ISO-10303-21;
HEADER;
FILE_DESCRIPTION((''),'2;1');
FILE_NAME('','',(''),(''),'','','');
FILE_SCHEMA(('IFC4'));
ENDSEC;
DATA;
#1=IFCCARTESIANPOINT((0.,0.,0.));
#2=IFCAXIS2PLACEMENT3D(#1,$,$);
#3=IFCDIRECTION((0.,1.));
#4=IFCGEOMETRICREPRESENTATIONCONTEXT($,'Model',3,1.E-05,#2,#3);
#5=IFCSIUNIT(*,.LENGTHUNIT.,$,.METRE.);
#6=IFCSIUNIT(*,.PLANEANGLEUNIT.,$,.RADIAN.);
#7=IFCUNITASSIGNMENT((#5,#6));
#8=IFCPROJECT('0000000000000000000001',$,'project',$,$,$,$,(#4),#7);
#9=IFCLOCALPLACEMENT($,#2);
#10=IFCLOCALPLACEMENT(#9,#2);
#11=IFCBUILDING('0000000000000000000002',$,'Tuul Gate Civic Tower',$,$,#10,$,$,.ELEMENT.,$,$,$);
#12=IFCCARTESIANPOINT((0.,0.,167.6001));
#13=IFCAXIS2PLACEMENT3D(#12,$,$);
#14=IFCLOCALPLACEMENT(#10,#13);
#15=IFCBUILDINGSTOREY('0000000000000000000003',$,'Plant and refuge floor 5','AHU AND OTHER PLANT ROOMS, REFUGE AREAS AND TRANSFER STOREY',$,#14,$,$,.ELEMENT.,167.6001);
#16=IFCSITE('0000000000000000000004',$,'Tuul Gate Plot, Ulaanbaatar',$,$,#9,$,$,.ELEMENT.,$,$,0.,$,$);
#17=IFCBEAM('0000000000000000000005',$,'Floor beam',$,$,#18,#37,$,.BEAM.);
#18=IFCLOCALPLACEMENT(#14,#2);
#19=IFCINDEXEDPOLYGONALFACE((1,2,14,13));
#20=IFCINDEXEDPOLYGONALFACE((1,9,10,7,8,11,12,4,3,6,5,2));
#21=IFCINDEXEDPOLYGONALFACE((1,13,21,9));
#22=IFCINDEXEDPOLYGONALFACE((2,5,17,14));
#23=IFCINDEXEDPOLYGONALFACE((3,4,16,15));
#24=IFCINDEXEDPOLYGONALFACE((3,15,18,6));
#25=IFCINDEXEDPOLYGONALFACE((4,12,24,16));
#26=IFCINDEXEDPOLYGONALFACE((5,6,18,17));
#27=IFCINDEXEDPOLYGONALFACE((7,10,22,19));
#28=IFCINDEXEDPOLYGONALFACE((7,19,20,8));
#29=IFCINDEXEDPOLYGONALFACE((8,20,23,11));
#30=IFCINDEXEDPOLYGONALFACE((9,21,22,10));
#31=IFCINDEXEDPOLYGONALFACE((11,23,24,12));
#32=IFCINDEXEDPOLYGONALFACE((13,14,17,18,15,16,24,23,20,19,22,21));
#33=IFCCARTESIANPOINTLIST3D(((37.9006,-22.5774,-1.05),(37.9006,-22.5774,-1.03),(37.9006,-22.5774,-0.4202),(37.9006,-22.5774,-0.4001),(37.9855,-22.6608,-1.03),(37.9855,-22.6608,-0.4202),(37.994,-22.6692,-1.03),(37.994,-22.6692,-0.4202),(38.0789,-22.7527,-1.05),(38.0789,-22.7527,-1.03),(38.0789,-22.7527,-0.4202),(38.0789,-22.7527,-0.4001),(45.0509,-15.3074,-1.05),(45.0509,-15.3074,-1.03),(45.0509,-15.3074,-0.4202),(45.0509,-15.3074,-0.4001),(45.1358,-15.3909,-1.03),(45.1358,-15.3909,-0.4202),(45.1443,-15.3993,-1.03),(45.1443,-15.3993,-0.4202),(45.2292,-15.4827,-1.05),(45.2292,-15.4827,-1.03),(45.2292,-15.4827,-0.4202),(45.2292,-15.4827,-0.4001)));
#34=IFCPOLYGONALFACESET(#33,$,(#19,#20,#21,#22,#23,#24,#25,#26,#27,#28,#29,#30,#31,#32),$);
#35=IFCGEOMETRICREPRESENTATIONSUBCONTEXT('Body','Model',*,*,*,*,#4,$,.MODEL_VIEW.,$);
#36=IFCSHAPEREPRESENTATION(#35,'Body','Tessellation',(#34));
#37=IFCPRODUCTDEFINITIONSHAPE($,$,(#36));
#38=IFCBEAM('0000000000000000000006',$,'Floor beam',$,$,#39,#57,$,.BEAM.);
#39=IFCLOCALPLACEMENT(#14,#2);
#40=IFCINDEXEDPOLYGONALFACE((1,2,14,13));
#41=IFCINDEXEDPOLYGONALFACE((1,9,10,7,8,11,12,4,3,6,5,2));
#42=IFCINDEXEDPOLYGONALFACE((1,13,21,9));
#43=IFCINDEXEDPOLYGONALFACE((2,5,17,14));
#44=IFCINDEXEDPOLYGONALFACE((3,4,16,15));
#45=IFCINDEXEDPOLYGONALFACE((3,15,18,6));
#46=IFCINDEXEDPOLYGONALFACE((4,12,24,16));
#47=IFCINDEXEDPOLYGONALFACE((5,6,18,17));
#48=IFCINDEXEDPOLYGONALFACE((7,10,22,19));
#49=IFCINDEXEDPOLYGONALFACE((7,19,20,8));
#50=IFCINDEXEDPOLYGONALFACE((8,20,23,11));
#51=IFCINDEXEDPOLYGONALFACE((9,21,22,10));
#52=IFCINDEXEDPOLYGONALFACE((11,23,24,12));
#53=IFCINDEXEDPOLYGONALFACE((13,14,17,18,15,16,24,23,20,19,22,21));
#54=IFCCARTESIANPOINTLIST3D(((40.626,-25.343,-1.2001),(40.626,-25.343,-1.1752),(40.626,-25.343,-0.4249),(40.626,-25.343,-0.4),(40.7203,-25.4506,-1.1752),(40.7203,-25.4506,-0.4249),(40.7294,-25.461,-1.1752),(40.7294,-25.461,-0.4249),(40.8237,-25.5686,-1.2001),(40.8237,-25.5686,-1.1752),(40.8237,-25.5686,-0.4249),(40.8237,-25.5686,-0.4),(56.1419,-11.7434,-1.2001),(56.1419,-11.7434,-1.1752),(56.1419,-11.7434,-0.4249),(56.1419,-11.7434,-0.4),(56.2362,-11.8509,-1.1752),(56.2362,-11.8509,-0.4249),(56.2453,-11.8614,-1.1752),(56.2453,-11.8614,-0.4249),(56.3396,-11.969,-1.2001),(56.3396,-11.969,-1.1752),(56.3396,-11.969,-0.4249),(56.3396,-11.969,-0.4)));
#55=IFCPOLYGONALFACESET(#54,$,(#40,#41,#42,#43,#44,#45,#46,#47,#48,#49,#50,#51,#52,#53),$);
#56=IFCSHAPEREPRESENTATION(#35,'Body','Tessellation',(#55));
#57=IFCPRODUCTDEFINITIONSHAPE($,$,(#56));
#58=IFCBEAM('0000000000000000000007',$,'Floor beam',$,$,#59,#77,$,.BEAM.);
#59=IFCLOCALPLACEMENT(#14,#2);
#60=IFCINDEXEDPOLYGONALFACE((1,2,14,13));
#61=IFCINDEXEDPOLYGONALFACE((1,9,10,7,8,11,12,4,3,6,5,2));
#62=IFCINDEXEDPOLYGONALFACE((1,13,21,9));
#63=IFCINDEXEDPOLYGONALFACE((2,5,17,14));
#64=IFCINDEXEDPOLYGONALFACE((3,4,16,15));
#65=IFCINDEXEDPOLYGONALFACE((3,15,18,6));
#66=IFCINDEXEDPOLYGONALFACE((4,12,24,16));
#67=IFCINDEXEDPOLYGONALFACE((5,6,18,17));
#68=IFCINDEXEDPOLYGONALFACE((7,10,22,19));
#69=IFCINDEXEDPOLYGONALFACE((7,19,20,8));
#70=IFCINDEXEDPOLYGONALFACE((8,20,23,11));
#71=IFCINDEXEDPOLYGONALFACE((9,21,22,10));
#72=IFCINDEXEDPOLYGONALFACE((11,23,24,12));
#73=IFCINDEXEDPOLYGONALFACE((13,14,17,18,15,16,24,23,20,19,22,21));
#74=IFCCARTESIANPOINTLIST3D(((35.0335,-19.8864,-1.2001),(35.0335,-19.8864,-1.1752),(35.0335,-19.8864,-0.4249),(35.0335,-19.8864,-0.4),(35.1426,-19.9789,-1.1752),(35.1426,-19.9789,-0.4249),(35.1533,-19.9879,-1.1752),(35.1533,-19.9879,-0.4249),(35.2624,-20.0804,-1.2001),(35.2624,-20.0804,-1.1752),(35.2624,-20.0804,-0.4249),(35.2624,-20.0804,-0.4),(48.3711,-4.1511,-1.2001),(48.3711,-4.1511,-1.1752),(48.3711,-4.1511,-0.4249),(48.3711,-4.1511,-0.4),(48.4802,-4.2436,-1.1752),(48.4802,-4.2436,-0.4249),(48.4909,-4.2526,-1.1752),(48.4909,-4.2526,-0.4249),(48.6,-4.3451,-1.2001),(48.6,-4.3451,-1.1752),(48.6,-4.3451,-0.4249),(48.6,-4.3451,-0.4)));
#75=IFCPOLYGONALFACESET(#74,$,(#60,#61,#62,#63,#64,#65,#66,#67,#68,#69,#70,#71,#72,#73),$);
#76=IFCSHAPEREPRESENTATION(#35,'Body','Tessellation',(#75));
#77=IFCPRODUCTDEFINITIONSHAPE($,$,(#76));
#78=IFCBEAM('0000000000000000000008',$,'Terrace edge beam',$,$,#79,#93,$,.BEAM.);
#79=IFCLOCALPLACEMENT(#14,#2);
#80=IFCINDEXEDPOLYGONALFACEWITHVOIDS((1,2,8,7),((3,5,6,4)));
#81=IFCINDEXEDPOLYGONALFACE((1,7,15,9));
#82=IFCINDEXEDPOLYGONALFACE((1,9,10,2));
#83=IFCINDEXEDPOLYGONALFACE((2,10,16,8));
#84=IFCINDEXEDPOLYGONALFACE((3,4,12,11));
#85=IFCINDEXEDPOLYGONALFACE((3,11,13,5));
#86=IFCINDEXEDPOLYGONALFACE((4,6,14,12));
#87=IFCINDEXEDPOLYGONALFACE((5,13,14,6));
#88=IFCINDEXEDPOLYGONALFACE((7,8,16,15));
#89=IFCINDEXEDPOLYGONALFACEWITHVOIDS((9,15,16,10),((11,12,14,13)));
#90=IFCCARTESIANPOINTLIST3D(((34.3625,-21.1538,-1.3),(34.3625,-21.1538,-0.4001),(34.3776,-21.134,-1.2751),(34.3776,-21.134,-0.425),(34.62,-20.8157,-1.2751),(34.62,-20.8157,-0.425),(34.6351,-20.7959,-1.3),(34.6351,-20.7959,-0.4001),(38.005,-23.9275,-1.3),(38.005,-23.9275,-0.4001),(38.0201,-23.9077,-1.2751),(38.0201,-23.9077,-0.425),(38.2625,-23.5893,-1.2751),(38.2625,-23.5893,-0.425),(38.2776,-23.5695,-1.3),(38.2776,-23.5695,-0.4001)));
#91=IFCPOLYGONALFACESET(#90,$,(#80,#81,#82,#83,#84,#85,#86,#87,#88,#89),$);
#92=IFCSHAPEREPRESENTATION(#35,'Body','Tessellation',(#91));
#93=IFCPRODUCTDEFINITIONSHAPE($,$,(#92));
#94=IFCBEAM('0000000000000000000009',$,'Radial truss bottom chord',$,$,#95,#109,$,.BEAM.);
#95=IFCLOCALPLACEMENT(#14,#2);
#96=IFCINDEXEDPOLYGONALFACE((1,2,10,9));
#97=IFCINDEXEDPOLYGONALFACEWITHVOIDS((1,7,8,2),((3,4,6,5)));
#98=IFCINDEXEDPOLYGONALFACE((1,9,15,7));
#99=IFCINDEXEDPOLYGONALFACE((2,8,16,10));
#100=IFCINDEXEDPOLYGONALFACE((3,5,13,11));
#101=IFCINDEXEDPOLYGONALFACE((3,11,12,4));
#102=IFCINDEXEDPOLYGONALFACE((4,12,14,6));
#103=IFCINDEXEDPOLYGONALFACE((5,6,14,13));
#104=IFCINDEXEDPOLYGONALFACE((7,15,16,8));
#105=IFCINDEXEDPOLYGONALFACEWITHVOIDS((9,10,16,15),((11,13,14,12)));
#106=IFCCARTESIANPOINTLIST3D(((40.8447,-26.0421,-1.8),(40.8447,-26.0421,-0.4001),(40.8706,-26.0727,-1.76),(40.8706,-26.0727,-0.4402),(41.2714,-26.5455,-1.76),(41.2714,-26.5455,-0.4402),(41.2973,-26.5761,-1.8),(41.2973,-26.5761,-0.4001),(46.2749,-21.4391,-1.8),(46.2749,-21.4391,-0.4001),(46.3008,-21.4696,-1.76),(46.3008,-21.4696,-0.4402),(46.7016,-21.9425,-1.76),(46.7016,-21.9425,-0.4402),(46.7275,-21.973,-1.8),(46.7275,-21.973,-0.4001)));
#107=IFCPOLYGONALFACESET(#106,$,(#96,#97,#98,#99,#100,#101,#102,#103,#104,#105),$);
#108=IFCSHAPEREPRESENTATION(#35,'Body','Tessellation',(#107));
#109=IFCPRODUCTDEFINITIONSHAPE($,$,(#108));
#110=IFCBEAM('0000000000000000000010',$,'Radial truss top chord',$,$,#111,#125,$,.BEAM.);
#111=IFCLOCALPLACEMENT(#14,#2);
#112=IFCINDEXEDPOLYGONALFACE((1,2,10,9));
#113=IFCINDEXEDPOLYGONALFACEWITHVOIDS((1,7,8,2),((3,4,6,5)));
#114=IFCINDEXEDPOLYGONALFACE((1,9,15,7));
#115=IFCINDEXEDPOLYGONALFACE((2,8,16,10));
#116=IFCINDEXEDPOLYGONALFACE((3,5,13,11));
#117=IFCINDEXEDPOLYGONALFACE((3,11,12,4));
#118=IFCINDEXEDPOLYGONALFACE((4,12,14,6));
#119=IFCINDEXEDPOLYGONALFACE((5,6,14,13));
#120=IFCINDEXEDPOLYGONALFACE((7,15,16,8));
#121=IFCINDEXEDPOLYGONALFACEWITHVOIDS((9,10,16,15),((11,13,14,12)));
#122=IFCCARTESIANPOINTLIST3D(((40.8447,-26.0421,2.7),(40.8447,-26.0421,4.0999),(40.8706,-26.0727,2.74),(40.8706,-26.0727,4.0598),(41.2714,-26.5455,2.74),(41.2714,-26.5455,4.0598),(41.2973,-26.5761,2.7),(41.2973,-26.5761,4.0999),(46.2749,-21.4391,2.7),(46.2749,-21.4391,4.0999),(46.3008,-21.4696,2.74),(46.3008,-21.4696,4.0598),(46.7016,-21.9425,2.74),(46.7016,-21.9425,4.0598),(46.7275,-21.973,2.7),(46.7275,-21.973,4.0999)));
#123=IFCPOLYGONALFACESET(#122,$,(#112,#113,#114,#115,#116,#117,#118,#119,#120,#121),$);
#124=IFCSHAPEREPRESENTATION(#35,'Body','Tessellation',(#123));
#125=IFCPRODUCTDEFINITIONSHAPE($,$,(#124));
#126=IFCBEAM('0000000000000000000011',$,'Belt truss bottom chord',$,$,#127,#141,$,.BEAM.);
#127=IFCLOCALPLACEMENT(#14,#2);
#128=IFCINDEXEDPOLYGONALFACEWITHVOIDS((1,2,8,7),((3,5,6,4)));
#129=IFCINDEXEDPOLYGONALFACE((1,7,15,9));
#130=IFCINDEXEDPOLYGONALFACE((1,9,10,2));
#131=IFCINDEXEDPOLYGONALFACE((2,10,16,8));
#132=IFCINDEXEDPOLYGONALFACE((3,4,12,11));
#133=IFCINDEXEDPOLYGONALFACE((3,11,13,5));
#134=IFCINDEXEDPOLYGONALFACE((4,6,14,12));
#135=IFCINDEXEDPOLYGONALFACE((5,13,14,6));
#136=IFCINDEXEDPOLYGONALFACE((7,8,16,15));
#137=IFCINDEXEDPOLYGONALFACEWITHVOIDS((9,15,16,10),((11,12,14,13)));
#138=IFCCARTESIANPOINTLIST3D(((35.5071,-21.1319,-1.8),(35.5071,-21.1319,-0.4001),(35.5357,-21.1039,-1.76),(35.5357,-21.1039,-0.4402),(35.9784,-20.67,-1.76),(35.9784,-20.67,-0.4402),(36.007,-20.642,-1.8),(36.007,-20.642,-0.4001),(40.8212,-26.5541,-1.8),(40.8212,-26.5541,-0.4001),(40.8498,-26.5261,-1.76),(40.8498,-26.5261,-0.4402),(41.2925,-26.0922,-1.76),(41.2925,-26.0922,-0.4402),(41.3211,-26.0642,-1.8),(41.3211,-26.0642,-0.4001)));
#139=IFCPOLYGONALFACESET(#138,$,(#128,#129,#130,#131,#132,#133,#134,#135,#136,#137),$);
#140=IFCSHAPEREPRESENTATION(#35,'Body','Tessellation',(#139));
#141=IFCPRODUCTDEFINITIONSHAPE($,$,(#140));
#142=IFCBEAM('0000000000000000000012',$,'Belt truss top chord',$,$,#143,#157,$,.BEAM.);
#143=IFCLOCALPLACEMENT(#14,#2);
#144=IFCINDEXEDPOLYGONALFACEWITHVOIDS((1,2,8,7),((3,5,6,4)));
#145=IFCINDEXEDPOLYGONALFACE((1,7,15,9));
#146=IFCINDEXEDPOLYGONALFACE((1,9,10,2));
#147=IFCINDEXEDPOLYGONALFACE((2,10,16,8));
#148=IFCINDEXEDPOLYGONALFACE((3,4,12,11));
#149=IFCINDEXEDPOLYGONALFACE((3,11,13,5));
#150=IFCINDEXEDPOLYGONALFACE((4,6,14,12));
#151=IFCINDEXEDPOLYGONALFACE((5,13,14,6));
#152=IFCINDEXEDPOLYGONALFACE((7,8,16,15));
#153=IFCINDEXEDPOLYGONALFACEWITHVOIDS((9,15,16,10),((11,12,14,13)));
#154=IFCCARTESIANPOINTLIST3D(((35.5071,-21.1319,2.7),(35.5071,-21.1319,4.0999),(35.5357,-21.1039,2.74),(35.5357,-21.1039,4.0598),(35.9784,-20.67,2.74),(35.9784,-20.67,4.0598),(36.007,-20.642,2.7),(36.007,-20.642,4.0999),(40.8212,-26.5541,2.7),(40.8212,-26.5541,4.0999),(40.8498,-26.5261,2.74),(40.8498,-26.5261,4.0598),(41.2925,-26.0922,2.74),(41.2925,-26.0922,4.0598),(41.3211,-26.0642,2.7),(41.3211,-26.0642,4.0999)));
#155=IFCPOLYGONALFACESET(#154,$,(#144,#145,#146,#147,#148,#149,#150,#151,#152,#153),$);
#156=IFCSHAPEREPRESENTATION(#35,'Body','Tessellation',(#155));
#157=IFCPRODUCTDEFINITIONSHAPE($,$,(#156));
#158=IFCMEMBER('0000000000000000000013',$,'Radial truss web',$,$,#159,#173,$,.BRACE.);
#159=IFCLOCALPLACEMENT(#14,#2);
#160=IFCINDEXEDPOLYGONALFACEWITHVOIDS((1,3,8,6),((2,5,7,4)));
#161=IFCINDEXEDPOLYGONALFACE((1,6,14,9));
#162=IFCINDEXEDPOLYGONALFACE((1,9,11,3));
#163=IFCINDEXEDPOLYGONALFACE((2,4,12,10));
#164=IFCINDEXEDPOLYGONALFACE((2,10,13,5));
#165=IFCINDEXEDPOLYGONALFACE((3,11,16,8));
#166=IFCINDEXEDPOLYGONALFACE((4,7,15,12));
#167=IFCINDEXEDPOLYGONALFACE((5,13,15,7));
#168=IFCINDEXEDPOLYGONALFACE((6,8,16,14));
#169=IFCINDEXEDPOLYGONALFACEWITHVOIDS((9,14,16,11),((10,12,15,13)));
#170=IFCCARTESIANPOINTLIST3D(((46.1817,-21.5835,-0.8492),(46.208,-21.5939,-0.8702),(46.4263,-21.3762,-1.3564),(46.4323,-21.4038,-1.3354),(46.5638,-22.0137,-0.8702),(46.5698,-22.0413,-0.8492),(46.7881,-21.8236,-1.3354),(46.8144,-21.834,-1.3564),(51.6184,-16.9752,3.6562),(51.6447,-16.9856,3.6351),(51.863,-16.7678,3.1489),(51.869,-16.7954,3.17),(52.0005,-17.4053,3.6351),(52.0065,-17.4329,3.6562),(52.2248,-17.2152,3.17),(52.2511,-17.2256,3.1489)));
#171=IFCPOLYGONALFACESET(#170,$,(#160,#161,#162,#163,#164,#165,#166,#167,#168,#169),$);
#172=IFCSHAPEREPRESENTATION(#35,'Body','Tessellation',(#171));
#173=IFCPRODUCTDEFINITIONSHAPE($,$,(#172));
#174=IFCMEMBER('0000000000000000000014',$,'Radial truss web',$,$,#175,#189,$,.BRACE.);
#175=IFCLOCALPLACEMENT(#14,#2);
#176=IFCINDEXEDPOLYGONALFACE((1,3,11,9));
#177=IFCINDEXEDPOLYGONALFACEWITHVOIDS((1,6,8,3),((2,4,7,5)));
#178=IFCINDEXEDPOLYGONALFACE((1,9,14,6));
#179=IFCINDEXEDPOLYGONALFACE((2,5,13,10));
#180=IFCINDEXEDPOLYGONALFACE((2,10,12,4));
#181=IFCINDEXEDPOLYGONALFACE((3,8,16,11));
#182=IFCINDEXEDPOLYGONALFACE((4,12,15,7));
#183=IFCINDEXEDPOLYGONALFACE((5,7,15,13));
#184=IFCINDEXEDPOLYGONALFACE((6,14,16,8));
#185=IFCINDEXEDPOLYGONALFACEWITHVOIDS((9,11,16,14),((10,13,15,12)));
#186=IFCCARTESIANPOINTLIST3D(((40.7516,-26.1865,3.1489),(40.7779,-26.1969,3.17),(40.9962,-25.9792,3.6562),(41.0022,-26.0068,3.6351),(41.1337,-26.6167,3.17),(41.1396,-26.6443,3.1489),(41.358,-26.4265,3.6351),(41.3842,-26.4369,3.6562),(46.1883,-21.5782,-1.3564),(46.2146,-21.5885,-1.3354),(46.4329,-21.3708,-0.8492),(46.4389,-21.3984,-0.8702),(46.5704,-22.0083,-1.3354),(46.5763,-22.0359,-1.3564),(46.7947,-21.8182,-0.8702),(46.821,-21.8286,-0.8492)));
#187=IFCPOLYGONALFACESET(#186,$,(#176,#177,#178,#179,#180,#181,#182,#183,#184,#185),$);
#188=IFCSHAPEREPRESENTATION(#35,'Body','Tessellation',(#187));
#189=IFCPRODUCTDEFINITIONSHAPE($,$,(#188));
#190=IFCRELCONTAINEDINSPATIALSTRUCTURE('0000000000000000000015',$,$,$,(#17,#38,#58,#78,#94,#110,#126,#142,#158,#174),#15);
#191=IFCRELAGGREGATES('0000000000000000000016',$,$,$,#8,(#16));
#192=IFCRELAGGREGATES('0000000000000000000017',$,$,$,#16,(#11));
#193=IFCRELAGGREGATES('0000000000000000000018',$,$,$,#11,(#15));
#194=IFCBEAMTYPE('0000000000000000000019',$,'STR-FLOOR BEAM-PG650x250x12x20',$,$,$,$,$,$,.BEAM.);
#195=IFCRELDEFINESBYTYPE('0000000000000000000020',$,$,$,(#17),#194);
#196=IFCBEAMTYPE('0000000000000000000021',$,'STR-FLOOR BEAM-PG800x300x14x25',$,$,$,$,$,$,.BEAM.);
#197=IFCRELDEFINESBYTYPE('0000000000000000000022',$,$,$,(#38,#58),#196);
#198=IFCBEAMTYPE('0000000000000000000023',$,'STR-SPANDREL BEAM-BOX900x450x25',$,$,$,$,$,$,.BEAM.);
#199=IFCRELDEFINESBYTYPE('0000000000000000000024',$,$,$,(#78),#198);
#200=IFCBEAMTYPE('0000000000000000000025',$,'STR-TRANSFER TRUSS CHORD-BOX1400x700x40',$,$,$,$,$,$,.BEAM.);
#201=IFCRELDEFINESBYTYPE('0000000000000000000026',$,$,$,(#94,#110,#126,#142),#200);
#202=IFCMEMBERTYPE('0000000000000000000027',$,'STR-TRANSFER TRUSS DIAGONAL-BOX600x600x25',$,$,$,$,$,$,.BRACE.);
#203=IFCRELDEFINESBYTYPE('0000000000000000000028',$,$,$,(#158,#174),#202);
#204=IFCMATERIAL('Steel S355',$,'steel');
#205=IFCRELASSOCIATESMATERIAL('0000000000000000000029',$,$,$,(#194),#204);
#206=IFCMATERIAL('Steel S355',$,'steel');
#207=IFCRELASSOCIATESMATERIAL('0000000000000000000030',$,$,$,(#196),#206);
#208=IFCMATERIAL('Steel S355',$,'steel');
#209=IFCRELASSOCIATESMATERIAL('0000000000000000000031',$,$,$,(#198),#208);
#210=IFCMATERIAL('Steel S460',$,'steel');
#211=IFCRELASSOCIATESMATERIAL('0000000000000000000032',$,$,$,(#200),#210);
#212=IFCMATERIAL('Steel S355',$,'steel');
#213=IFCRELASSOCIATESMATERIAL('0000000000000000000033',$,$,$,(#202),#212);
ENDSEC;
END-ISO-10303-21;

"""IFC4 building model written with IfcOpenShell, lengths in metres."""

from ifc_helpers import new_model, si_unit, direction, frame, origin, origin_2d, place, context, subcontext, project, spatial, hollow_rectangle, i_section, extrude, material, material_profile, profile_set, type_object, element, save


model = new_model("IFC4")

# Units and contexts
model_context = context("Model", 3, precision=1e-05, world=origin(), true_north=direction((0.0, 1.0)))
body_context = subcontext(model_context, "Body", "Model", "MODEL_VIEW")
ifc_project = project(units=[si_unit("LENGTHUNIT", "METRE"), si_unit("PLANEANGLEUNIT", "RADIAN")], contexts=[model_context])

# Site, building, storey
site_placement = place(None, origin())
site = spatial("IfcSite", under=ifc_project, at=site_placement, Name="Tuul Gate Plot, Ulaanbaatar", CompositionType="ELEMENT", RefElevation=0.0)
building_placement = place(site_placement, origin())
building = spatial("IfcBuilding", under=site, at=building_placement, Name="Tuul Gate Civic Tower", CompositionType="ELEMENT")
storey_placement = place(building_placement, frame((0.0, 0.0, 167.6001)))
storey = spatial("IfcBuildingStorey", under=building, at=storey_placement, Name="Plant and refuge floor 5", Description="AHU AND OTHER PLANT ROOMS, REFUGE AREAS AND TRANSFER STOREY", CompositionType="ELEMENT", Elevation=167.6001)

# Beams
ifc_material_1 = material(Name="Steel S355", Category="steel")
ifc_material_profile_1 = material_profile(ifc_material_1, i_section(OverallWidth=0.25, OverallDepth=0.6499, WebThickness=0.012, FlangeThickness=0.02, at=origin_2d()), Name="PG650x250x12x20")
ifc_profile_set_1 = profile_set([ifc_material_profile_1], Name="Steel S355")
beam_type_1 = type_object("IfcBeamType", Name="STR-FLOOR BEAM-PG650x250x12x20", PredefinedType="BEAM", material=ifc_profile_set_1)
beam_1_placement = place(storey_placement, frame((37.9897, -22.665, -0.7251), z_axis=(0.701217, 0.712948, 0.0), x_axis=(-0.712948, 0.701217, 0.0)))
element("IfcBeam", 1, at=beam_1_placement, inside=storey, type_object=beam_type_1, Name="Floor beam", PredefinedType="BEAM", context=body_context, shape_type="SweptSolid", body=[
    extrude(i_section(OverallWidth=0.25, OverallDepth=0.6499, WebThickness=0.012, FlangeThickness=0.02, at=origin_2d()), origin(), (0.0, 0.0, 1.0), 10.197),
])
ifc_material_2 = material(Name="Steel S355", Category="steel")
ifc_material_profile_2 = material_profile(ifc_material_2, i_section(OverallWidth=0.3, OverallDepth=0.8, WebThickness=0.0139, FlangeThickness=0.0249, at=origin_2d()), Name="PG800x300x14x25")
ifc_profile_set_2 = profile_set([ifc_material_profile_2], Name="Steel S355")
beam_type_2 = type_object("IfcBeamType", Name="STR-FLOOR BEAM-PG800x300x14x25", PredefinedType="BEAM", material=ifc_profile_set_2)
beam_2_placement = place(storey_placement, frame((40.7249, -25.4558, -0.8), z_axis=(0.752019, 0.659142, 0.0), x_axis=(-0.659142, 0.752019, 0.0)))
element("IfcBeam", 2, at=beam_2_placement, inside=storey, type_object=beam_type_2, Name="Floor beam", PredefinedType="BEAM", context=body_context, shape_type="SweptSolid", body=[
    extrude(i_section(OverallWidth=0.3, OverallDepth=0.8, WebThickness=0.0139, FlangeThickness=0.0249, at=origin_2d()), origin(), (0.0, 0.0, 1.0), 20.6323),
])
beam_3_placement = place(storey_placement, frame((35.1479, -19.9834, -0.8), z_axis=(0.646595, 0.762833, 0.0), x_axis=(-0.762833, 0.646595, 0.0)))
element("IfcBeam", 3, at=beam_3_placement, inside=storey, type_object=beam_type_2, Name="Floor beam", PredefinedType="BEAM", context=body_context, shape_type="SweptSolid", body=[
    extrude(i_section(OverallWidth=0.3, OverallDepth=0.8, WebThickness=0.0139, FlangeThickness=0.0249, at=origin_2d()), origin(), (0.0, 0.0, 1.0), 20.6274),
])
ifc_material_3 = material(Name="Steel S355", Category="steel")
ifc_material_profile_3 = material_profile(ifc_material_3, hollow_rectangle(XDim=0.45, YDim=0.8999, WallThickness=0.0249, at=origin_2d()), Name="BOX900x450x25")
ifc_profile_set_3 = profile_set([ifc_material_profile_3], Name="Steel S355")
beam_type_3 = type_object("IfcBeamType", Name="STR-SPANDREL BEAM-BOX900x450x25", PredefinedType="BEAM", material=ifc_profile_set_3)
beam_4_placement = place(storey_placement, frame((34.4988, -20.9749, -0.8501), z_axis=(0.795602, -0.60582, 0.0), x_axis=(0.60582, 0.795602, 0.0)))
element("IfcBeam", 4, at=beam_4_placement, inside=storey, type_object=beam_type_3, Name="Terrace edge beam", PredefinedType="BEAM", context=body_context, shape_type="SweptSolid", body=[
    extrude(hollow_rectangle(XDim=0.45, YDim=0.8999, WallThickness=0.0249, at=origin_2d()), origin(), (0.0, 0.0, 1.0), 4.5784),
])
ifc_material_4 = material(Name="Steel S460", Category="steel")
ifc_material_profile_4 = material_profile(ifc_material_4, hollow_rectangle(XDim=0.7, YDim=1.3999, WallThickness=0.04, at=origin_2d()), Name="BOX1400x700x40")
ifc_profile_set_4 = profile_set([ifc_material_profile_4], Name="Steel S460")
beam_type_4 = type_object("IfcBeamType", Name="STR-TRANSFER TRUSS CHORD-BOX1400x700x40", PredefinedType="BEAM", material=ifc_profile_set_4)
for number, where, z_axis, x_axis, name in (
    (5, (46.5012, -21.7061, -1.1001), (-0.762814, -0.646618, 0.0), (0.646618, -0.762814, 0.0), "Radial truss bottom chord"),
    (6, (46.5012, -21.7061, 3.3999), (-0.762814, -0.646618, 0.0), (0.646618, -0.762814, 0.0), "Radial truss top chord"),
):
    element("IfcBeam", number, at=place(storey_placement, frame(where, z_axis=z_axis, x_axis=x_axis)), inside=storey, type_object=beam_type_4, Name=name, PredefinedType="BEAM", context=body_context, shape_type="SweptSolid", body=[
        extrude(hollow_rectangle(XDim=0.7, YDim=1.3999, WallThickness=0.04, at=origin_2d()), origin(), (0.0, 0.0, 1.0), 7.1187),
    ])
for number, where, z_axis, x_axis, name in (
    (7, (35.7571, -20.887, -1.1001), (0.699948, -0.714194, 0.0), (0.714194, 0.699948, 0.0), "Belt truss bottom chord"),
    (8, (35.7571, -20.887, 3.3999), (0.699948, -0.714194, 0.0), (0.714194, 0.699948, 0.0), "Belt truss top chord"),
):
    element("IfcBeam", number, at=place(storey_placement, frame(where, z_axis=z_axis, x_axis=x_axis)), inside=storey, type_object=beam_type_4, Name=name, PredefinedType="BEAM", context=body_context, shape_type="SweptSolid", body=[
        extrude(hollow_rectangle(XDim=0.7, YDim=1.3999, WallThickness=0.04, at=origin_2d()), origin(), (0.0, 0.0, 1.0), 7.592),
    ])

# Members
ifc_material_5 = material(Name="Steel S355", Category="steel")
ifc_material_profile_5 = material_profile(ifc_material_5, hollow_rectangle(XDim=0.6001, YDim=0.6001, WallThickness=0.0249, at=origin_2d()), Name="BOX600x600x25")
ifc_profile_set_5 = profile_set([ifc_material_profile_5], Name="Steel S355")
member_type_1 = type_object("IfcMemberType", Name="STR-TRANSFER TRUSS DIAGONAL-BOX600x600x25", PredefinedType="BRACE", material=ifc_profile_set_5)
for number, where, z_axis, x_axis, name in (
    (9, (46.498, -21.7087, -1.1028), (0.644798, 0.546554, 0.534335), (-0.646601, 0.762829, 0.0), "Radial truss web"),
    (10, (46.5046, -21.7034, -1.1028), (-0.644798, -0.546554, 0.534335), (0.646601, -0.762829, 0.0), "Radial truss web"),
):
    element("IfcMember", number, at=place(storey_placement, frame(where, z_axis=z_axis, x_axis=x_axis)), inside=storey, type_object=member_type_1, Name=name, PredefinedType="BRACE", context=body_context, shape_type="SweptSolid", body=[
        extrude(hollow_rectangle(XDim=0.6001, YDim=0.6001, WallThickness=0.0249, at=origin_2d()), origin(), (0.0, 0.0, 1.0), 8.4316),
    ])

save(model, "model.ifc")
